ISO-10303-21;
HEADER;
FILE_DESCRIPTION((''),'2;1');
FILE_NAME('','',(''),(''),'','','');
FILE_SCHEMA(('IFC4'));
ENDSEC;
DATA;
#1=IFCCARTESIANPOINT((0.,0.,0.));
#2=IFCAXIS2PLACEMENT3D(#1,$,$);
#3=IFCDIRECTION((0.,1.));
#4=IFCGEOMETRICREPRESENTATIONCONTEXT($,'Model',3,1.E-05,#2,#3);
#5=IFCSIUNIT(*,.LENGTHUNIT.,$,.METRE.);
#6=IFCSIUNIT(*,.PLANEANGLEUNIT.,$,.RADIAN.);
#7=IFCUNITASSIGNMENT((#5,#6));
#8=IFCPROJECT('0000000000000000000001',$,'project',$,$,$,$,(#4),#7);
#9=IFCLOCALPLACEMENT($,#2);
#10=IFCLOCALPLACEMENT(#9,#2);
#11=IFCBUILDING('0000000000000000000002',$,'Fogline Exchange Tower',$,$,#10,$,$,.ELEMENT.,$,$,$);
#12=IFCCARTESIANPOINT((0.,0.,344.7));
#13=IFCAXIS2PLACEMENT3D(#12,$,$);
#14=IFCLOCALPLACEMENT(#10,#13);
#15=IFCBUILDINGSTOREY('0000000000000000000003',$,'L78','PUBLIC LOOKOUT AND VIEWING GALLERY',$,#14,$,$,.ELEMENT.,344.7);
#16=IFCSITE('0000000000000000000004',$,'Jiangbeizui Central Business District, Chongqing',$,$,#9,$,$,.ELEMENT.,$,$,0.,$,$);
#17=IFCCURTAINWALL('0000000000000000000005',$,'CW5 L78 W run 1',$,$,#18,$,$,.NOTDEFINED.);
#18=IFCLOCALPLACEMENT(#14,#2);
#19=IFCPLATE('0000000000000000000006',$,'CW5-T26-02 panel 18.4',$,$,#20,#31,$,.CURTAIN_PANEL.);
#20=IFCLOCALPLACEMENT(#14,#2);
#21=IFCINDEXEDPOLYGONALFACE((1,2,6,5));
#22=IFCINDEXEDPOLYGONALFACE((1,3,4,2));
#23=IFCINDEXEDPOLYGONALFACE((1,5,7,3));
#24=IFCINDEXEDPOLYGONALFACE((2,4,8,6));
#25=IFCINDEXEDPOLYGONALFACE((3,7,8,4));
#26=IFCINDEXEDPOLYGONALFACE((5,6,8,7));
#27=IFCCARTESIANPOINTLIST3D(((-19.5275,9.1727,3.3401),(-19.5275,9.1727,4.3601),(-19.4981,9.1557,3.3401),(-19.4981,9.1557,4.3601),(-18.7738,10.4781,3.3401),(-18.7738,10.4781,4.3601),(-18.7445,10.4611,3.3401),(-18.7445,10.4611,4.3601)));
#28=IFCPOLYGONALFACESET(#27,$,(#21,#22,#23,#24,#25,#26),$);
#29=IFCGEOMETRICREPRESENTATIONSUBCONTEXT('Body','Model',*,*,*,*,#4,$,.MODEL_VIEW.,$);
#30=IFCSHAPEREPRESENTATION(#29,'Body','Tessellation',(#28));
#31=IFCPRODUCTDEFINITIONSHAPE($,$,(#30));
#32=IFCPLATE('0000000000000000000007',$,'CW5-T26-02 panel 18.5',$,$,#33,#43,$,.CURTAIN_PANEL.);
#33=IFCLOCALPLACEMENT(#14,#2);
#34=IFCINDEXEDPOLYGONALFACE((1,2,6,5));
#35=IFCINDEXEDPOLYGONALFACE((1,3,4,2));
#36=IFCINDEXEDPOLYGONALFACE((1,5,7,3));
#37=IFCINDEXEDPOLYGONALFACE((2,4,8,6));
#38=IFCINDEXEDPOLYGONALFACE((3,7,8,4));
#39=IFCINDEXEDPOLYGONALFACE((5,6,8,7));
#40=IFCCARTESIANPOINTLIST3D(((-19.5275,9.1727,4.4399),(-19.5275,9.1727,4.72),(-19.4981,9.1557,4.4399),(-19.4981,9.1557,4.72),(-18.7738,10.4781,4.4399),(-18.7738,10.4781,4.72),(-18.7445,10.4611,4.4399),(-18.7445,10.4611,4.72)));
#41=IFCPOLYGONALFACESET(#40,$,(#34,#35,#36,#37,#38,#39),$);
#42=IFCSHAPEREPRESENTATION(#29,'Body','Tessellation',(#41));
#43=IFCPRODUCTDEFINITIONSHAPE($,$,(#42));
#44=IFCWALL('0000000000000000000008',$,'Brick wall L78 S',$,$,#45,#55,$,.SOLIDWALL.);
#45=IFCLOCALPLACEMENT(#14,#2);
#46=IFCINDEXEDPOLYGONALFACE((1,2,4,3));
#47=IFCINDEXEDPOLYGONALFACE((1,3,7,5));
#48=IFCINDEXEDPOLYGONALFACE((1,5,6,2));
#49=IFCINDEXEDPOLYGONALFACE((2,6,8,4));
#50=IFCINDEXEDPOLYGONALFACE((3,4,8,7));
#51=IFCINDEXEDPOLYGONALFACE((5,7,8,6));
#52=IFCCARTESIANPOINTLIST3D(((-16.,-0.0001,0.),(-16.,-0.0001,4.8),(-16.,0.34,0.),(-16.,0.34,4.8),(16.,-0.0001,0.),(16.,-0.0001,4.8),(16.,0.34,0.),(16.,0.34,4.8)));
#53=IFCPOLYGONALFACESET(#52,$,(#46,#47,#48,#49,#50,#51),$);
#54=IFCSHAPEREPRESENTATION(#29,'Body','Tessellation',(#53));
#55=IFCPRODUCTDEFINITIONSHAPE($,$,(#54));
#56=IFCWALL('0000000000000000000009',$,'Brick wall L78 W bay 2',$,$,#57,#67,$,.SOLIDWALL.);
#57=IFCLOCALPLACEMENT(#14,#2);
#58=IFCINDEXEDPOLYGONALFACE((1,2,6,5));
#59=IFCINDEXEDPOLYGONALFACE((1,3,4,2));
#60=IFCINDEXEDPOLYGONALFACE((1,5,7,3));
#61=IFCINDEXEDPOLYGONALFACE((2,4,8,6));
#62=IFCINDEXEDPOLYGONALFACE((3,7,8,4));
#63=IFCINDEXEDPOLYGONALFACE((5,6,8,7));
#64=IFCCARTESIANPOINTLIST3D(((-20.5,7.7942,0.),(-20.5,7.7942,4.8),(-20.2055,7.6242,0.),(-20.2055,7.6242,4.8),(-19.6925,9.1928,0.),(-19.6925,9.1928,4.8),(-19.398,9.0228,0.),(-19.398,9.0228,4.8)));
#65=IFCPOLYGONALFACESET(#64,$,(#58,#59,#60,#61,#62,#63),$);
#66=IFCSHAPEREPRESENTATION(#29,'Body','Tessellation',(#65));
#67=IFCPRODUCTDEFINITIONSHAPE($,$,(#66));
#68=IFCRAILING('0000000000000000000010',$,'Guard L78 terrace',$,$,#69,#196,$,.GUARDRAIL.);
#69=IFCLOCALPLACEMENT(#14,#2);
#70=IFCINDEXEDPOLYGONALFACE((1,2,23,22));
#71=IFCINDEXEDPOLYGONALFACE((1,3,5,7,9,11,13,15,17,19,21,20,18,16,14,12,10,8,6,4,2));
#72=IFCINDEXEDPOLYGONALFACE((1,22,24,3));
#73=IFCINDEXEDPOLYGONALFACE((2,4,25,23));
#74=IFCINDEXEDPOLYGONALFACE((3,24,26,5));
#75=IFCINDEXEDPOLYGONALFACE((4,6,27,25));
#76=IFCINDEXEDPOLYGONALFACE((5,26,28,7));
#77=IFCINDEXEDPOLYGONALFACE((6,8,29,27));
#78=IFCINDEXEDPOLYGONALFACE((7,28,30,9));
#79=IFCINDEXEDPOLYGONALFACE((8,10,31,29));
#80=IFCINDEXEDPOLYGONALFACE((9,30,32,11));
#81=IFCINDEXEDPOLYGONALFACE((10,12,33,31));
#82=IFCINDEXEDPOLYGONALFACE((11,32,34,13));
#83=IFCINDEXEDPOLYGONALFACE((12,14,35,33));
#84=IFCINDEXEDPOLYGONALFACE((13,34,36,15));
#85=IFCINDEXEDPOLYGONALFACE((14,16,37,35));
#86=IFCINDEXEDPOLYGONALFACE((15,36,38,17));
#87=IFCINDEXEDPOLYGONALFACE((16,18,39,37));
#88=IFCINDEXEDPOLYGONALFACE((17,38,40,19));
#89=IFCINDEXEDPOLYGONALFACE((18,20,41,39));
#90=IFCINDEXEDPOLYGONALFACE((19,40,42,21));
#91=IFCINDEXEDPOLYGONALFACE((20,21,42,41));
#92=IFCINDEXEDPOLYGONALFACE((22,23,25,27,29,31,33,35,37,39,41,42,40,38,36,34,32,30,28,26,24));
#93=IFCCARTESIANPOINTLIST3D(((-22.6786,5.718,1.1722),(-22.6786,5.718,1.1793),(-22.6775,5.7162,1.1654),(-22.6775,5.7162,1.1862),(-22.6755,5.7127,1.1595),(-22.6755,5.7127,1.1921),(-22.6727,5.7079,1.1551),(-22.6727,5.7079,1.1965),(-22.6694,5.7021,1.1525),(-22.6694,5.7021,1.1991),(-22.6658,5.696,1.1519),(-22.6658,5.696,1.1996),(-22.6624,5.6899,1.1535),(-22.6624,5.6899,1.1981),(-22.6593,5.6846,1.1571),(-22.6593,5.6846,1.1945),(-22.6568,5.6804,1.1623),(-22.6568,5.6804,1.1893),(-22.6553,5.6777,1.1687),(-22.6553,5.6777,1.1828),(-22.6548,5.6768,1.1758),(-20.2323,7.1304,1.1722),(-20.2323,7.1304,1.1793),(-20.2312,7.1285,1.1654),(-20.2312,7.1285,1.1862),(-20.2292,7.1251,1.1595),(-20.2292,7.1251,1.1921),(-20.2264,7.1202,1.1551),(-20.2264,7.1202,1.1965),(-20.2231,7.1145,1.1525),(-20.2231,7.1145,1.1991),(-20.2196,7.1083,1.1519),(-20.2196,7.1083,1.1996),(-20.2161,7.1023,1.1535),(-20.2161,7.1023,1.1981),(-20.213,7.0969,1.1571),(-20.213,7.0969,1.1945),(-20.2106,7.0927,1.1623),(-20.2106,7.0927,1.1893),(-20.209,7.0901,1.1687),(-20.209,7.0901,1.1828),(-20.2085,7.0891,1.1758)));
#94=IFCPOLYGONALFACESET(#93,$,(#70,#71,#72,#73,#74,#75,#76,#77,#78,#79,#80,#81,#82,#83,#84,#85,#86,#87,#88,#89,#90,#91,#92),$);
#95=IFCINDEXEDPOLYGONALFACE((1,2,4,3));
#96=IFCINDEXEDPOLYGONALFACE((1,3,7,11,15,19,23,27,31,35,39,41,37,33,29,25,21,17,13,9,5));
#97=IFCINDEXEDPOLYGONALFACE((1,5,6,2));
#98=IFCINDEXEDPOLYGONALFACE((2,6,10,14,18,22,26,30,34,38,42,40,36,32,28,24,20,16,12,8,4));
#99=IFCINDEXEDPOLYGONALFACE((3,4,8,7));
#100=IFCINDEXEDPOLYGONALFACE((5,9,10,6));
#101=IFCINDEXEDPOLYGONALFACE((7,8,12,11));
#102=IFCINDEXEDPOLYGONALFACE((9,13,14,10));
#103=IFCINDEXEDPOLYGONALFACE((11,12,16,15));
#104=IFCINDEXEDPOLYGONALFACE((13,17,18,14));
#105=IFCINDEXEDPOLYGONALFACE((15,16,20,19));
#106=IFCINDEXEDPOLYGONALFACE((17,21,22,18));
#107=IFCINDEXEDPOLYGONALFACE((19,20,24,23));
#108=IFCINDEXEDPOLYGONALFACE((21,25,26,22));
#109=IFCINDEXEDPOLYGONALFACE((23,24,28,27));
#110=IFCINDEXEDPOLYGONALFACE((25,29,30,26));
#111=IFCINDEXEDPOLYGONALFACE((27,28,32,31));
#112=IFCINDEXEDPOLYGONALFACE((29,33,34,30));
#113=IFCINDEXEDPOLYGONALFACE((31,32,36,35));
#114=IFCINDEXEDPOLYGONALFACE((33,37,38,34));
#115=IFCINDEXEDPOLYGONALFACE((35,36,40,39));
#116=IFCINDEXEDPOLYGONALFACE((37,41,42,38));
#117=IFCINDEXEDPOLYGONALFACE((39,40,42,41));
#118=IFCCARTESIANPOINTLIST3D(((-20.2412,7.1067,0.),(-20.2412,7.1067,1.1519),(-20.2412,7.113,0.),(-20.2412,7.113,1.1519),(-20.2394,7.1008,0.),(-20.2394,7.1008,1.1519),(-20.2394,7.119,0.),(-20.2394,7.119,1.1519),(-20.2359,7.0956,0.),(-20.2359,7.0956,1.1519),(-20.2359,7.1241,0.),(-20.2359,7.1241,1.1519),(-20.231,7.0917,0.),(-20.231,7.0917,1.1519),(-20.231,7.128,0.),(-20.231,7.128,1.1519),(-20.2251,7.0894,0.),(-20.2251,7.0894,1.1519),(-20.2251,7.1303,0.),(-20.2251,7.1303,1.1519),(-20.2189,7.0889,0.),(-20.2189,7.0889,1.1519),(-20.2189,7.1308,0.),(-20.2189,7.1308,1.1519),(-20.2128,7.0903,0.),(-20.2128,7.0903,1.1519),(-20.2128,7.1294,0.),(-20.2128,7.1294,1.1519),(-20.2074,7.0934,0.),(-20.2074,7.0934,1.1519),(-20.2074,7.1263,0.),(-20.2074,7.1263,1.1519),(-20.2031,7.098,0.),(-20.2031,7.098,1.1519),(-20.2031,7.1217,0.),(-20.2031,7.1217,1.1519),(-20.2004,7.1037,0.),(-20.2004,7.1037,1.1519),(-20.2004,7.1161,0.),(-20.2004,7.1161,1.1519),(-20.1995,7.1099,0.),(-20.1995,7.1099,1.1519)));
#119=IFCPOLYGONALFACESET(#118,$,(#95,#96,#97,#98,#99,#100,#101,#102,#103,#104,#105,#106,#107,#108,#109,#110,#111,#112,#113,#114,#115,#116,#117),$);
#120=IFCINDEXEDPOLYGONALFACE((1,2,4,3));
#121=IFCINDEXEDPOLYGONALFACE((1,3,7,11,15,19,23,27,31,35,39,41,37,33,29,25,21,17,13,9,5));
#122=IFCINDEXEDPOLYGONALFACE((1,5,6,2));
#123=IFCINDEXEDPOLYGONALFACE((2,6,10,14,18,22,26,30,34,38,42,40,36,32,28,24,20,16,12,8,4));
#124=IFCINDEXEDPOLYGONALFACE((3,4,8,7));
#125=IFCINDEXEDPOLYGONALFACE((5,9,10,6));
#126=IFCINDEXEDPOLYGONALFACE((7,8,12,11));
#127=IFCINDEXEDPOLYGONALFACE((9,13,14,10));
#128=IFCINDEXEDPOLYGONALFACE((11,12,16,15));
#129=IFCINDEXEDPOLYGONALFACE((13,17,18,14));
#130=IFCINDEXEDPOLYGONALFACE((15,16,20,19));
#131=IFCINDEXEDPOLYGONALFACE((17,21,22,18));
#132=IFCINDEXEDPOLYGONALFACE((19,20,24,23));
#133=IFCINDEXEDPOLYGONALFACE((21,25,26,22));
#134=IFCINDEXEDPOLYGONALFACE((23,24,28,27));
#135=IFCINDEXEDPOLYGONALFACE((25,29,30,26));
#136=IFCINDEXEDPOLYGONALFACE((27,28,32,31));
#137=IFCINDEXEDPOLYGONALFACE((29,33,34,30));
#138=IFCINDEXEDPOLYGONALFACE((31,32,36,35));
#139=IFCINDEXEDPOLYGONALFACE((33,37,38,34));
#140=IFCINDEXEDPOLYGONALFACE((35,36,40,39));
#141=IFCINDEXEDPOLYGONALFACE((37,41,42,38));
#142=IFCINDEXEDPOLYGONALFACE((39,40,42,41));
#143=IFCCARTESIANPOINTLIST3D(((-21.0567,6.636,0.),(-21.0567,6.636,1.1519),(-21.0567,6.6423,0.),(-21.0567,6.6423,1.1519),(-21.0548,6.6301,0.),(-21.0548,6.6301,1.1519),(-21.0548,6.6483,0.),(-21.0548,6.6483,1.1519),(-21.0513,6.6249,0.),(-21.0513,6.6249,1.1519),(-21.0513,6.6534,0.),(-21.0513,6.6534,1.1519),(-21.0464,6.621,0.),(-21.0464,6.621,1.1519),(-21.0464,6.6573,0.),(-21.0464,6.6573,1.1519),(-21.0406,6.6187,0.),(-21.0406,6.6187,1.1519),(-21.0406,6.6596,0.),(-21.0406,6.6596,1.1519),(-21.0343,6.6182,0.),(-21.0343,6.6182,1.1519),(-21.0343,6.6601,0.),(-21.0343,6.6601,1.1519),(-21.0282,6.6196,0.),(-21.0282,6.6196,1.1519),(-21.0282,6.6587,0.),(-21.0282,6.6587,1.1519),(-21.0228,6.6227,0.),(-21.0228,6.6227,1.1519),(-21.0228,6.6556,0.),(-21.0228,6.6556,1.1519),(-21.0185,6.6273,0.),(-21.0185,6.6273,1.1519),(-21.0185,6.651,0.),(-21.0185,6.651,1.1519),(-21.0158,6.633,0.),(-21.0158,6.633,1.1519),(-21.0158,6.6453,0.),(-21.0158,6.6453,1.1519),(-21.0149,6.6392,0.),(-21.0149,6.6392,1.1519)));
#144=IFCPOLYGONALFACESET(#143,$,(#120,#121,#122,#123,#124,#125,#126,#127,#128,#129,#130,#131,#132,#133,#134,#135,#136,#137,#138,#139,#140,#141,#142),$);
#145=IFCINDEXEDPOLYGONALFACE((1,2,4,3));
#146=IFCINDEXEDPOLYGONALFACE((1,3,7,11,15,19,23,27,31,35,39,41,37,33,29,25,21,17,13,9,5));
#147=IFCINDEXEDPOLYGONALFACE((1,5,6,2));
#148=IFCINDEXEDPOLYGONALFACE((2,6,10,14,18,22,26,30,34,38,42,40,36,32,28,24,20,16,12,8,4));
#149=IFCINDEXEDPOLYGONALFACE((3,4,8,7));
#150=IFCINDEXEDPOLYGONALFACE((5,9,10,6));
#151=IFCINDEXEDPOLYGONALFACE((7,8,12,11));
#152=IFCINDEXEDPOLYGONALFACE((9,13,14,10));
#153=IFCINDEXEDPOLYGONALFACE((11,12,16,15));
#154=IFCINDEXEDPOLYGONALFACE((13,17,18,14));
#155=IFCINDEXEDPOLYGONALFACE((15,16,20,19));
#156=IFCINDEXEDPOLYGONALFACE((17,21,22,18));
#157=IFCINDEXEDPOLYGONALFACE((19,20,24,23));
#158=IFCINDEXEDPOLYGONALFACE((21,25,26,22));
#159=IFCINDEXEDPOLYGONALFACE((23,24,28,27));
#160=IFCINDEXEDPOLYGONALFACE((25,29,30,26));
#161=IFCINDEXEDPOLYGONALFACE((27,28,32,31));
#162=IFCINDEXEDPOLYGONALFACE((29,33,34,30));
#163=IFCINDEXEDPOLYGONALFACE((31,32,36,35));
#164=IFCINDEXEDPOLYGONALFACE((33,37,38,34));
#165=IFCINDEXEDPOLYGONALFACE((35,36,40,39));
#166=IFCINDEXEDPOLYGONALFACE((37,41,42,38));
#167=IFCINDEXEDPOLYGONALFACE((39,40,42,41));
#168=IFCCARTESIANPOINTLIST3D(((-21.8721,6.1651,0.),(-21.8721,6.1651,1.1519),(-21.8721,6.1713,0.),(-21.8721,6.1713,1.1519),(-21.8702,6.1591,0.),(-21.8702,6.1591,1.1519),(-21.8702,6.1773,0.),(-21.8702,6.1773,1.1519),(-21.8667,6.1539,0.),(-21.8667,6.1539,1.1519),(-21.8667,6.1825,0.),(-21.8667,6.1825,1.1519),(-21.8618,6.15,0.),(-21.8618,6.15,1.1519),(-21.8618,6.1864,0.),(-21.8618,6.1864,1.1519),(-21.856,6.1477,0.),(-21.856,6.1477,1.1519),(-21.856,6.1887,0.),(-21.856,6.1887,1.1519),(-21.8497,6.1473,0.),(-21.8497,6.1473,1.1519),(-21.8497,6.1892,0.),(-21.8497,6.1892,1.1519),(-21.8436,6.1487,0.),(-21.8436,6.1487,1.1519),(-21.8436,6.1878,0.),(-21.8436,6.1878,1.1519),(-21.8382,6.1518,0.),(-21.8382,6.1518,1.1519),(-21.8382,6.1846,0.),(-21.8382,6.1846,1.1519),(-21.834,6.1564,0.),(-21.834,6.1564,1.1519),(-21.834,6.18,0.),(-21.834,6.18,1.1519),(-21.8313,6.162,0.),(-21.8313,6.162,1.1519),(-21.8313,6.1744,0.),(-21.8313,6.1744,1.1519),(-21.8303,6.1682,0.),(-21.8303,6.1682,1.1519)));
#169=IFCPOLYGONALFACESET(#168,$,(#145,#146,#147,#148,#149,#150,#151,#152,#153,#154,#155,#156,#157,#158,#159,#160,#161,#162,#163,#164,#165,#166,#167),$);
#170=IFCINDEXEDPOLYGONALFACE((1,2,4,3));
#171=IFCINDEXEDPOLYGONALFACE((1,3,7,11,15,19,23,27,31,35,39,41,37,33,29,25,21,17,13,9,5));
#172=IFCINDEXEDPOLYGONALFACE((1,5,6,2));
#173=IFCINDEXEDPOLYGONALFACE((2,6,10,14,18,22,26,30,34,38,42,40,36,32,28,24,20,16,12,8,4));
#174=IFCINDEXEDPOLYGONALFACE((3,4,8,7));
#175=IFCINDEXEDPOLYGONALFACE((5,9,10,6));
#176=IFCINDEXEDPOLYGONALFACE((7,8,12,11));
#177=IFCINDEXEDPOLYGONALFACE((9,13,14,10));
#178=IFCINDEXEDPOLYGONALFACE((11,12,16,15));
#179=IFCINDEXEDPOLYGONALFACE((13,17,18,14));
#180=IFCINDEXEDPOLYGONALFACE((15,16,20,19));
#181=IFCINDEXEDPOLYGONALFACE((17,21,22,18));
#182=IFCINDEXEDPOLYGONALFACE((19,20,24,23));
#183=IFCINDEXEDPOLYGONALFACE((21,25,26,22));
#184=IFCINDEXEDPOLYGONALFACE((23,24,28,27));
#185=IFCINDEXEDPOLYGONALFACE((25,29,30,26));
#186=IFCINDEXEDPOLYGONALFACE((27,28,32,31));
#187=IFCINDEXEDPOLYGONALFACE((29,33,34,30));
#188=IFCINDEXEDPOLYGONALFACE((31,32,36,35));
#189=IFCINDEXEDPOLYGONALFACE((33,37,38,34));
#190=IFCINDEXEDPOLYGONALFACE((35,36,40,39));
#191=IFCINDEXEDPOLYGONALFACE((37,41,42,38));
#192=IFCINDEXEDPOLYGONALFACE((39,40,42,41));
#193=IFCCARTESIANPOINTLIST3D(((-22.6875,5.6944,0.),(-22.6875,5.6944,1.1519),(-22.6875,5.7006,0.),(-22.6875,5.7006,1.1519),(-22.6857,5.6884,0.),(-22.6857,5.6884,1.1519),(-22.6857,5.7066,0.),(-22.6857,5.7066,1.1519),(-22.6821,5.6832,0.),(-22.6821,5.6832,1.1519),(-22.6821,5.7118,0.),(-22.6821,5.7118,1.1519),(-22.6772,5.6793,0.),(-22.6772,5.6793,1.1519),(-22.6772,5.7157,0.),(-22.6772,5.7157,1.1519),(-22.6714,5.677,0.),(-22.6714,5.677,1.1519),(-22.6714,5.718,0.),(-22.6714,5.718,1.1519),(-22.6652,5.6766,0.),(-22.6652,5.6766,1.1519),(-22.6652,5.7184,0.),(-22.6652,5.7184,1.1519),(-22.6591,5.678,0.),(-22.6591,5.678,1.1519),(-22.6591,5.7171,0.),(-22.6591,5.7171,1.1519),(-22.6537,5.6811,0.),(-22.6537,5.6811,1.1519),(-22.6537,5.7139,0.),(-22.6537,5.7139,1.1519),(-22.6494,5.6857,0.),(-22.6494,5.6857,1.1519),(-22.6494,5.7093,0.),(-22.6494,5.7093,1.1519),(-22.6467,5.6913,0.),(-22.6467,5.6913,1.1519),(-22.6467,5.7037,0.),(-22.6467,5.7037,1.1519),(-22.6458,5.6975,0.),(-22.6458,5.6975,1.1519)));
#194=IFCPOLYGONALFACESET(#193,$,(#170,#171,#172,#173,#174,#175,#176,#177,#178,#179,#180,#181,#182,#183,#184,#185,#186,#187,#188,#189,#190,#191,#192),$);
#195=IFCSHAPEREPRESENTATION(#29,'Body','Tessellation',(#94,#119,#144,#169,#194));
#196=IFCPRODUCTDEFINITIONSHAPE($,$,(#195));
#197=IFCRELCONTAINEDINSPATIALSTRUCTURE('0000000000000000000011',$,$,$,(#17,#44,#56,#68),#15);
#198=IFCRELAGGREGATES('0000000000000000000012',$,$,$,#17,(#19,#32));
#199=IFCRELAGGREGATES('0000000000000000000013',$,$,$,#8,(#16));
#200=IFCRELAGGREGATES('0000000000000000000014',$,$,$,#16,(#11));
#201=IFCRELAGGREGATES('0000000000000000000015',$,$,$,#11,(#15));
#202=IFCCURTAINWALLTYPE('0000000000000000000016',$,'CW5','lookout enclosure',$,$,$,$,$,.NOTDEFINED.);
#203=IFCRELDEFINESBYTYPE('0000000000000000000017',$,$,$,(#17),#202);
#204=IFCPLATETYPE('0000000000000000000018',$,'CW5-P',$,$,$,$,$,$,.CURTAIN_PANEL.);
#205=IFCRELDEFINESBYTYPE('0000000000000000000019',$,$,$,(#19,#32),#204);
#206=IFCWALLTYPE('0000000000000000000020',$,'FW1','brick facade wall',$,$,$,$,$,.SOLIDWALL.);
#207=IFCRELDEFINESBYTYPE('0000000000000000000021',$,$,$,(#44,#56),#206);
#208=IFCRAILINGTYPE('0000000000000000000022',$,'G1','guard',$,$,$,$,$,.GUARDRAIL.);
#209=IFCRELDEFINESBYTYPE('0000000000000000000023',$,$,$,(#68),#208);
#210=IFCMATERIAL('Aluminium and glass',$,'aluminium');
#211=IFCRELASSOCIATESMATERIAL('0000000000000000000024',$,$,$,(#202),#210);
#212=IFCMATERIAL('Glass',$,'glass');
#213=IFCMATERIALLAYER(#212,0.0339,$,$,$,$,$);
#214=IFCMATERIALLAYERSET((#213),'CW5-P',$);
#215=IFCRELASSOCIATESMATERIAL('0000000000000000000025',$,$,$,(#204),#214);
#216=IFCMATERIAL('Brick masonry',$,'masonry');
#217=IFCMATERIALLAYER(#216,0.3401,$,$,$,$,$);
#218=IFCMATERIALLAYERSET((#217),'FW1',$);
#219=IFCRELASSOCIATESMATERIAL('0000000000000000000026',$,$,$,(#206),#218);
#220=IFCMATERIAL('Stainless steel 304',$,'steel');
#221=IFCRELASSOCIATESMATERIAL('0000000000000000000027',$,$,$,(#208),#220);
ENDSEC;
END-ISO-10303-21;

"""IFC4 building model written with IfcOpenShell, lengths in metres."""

from ifc_helpers import new_model, si_unit, direction, frame, frame_2d, origin, origin_2d, place, context, subcontext, project, spatial, rectangle, circle, extrude, material, layer, layer_set, type_object, element, aggregate, save


model = new_model("IFC4")

# Units and contexts
model_context = context("Model", 3, precision=1e-05, world=origin(), true_north=direction((0.0, 1.0)))
body_context = subcontext(model_context, "Body", "Model", "MODEL_VIEW")
ifc_project = project(units=[si_unit("LENGTHUNIT", "METRE"), si_unit("PLANEANGLEUNIT", "RADIAN")], contexts=[model_context])

# Site, building, storey
site_placement = place(None, origin())
site = spatial("IfcSite", under=ifc_project, at=site_placement, Name="Jiangbeizui Central Business District, Chongqing", CompositionType="ELEMENT", RefElevation=0.0)
building_placement = place(site_placement, origin())
building = spatial("IfcBuilding", under=site, at=building_placement, Name="Fogline Exchange Tower", CompositionType="ELEMENT")
storey_placement = place(building_placement, frame((0.0, 0.0, 344.7)))
storey = spatial("IfcBuildingStorey", under=building, at=storey_placement, Name="L78", Description="PUBLIC LOOKOUT AND VIEWING GALLERY", CompositionType="ELEMENT", Elevation=344.7)

# Curtain wall, plates
ifc_material_1 = material(Name="Aluminium and glass", Category="aluminium")
curtain_wall_type = type_object("IfcCurtainWallType", Name="CW5", Description="lookout enclosure", PredefinedType="NOTDEFINED", material=ifc_material_1)
curtain_wall_placement = place(storey_placement, origin())
curtain_wall = element("IfcCurtainWall", 1, at=curtain_wall_placement, inside=storey, type_object=curtain_wall_type, Name="CW5 L78 W run 1", PredefinedType="NOTDEFINED")
ifc_material_2 = material(Name="Glass", Category="glass")
ifc_layer_1 = layer(ifc_material_2, 0.0339)
ifc_layer_set_1 = layer_set([ifc_layer_1], Name="CW5-P")
plate_type = type_object("IfcPlateType", Name="CW5-P", PredefinedType="CURTAIN_PANEL", material=ifc_layer_set_1)
plate_1_placement = place(storey_placement, frame((-19.136, 9.8169, 3.3401), z_axis=(0.0, 0.0, 1.0), x_axis=(-0.5, -0.866025, 0.0)))
plate_1 = element("IfcPlate", 2, at=plate_1_placement, type_object=plate_type, Name="CW5-T26-02 panel 18.4", PredefinedType="CURTAIN_PANEL", context=body_context, shape_type="SweptSolid", body=[
    extrude(rectangle(XDim=1.5073, YDim=0.0339, at=origin_2d()), origin(), (0.0, 0.0, 1.0), 1.02),
])
plate_2_placement = place(storey_placement, frame((-19.136, 9.8169, 4.4399), z_axis=(0.0, 0.0, 1.0), x_axis=(-0.5, -0.866025, 0.0)))
plate_2 = element("IfcPlate", 3, at=plate_2_placement, type_object=plate_type, Name="CW5-T26-02 panel 18.5", PredefinedType="CURTAIN_PANEL", context=body_context, shape_type="SweptSolid", body=[
    extrude(rectangle(XDim=1.5073, YDim=0.0339, at=origin_2d()), origin(), (0.0, 0.0, 1.0), 0.28),
])
aggregate(curtain_wall, [plate_1, plate_2])

# Shared definitions
ifc_material_3 = material(Name="Brick masonry", Category="masonry")
ifc_layer_2 = layer(ifc_material_3, 0.3401)
ifc_layer_set_2 = layer_set([ifc_layer_2], Name="FW1")
wall_type = type_object("IfcWallType", Name="FW1", Description="brick facade wall", PredefinedType="SOLIDWALL", material=ifc_layer_set_2)

# Walls
wall_1_placement = place(storey_placement, frame((-16.0, 0.1699, 0.0), z_axis=(0.0, 0.0, 1.0), x_axis=(1.0, 0.0, 0.0)))
element("IfcWall", 4, at=wall_1_placement, inside=storey, type_object=wall_type, Name="Brick wall L78 S", PredefinedType="SOLIDWALL", context=body_context, shape_type="SweptSolid", body=[
    extrude(rectangle(XDim=32.0, YDim=0.3401, at=frame_2d((16.0, 0.0))), origin(), (0.0, 0.0, 1.0), 4.8),
])
wall_2_placement = place(storey_placement, frame((-19.5452, 9.1079, 0.0), z_axis=(0.0, 0.0, 1.0), x_axis=(-0.500041, -0.866002, 0.0)))
element("IfcWall", 5, at=wall_2_placement, inside=storey, type_object=wall_type, Name="Brick wall L78 W bay 2", PredefinedType="SOLIDWALL", context=body_context, shape_type="SweptSolid", body=[
    extrude(rectangle(XDim=1.615, YDim=0.3401, at=frame_2d((0.8076, 0.0))), origin(), (0.0, 0.0, 1.0), 4.8),
])

# Railing
ifc_material_4 = material(Name="Stainless steel 304", Category="steel")
railing_type = type_object("IfcRailingType", Name="G1", Description="guard", PredefinedType="GUARDRAIL", material=ifc_material_4)
railing_1_placement = place(storey_placement, frame((-20.2205, 7.1099, 0.0)))
element("IfcRailing", 6, at=railing_1_placement, inside=storey, type_object=railing_type, Name="Guard L78 terrace", PredefinedType="GUARDRAIL", context=body_context, shape_type="SweptSolid", body=[
    extrude(circle(Radius=0.0239, at=origin_2d()), frame((0.0, 0.0, 1.1758), z_axis=(-0.866027, -0.499997, 0.0), x_axis=(0.499997, -0.866027, 0.0)), (0.0, 0.0, 1.0), 2.8247),
    extrude(circle(Radius=0.021, at=origin_2d()), origin(), (0.0, 0.0, 1.0), 1.1519),
    extrude(circle(Radius=0.021, at=origin_2d()), frame((-0.8154, -0.4707, 0.0)), (0.0, 0.0, 1.0), 1.1519),
    extrude(circle(Radius=0.021, at=origin_2d()), frame((-1.6309, -0.9417, 0.0)), (0.0, 0.0, 1.0), 1.1519),
    extrude(circle(Radius=0.021, at=origin_2d()), frame((-2.4463, -1.4124, 0.0)), (0.0, 0.0, 1.0), 1.1519),
])

save(model, "model.ifc")
